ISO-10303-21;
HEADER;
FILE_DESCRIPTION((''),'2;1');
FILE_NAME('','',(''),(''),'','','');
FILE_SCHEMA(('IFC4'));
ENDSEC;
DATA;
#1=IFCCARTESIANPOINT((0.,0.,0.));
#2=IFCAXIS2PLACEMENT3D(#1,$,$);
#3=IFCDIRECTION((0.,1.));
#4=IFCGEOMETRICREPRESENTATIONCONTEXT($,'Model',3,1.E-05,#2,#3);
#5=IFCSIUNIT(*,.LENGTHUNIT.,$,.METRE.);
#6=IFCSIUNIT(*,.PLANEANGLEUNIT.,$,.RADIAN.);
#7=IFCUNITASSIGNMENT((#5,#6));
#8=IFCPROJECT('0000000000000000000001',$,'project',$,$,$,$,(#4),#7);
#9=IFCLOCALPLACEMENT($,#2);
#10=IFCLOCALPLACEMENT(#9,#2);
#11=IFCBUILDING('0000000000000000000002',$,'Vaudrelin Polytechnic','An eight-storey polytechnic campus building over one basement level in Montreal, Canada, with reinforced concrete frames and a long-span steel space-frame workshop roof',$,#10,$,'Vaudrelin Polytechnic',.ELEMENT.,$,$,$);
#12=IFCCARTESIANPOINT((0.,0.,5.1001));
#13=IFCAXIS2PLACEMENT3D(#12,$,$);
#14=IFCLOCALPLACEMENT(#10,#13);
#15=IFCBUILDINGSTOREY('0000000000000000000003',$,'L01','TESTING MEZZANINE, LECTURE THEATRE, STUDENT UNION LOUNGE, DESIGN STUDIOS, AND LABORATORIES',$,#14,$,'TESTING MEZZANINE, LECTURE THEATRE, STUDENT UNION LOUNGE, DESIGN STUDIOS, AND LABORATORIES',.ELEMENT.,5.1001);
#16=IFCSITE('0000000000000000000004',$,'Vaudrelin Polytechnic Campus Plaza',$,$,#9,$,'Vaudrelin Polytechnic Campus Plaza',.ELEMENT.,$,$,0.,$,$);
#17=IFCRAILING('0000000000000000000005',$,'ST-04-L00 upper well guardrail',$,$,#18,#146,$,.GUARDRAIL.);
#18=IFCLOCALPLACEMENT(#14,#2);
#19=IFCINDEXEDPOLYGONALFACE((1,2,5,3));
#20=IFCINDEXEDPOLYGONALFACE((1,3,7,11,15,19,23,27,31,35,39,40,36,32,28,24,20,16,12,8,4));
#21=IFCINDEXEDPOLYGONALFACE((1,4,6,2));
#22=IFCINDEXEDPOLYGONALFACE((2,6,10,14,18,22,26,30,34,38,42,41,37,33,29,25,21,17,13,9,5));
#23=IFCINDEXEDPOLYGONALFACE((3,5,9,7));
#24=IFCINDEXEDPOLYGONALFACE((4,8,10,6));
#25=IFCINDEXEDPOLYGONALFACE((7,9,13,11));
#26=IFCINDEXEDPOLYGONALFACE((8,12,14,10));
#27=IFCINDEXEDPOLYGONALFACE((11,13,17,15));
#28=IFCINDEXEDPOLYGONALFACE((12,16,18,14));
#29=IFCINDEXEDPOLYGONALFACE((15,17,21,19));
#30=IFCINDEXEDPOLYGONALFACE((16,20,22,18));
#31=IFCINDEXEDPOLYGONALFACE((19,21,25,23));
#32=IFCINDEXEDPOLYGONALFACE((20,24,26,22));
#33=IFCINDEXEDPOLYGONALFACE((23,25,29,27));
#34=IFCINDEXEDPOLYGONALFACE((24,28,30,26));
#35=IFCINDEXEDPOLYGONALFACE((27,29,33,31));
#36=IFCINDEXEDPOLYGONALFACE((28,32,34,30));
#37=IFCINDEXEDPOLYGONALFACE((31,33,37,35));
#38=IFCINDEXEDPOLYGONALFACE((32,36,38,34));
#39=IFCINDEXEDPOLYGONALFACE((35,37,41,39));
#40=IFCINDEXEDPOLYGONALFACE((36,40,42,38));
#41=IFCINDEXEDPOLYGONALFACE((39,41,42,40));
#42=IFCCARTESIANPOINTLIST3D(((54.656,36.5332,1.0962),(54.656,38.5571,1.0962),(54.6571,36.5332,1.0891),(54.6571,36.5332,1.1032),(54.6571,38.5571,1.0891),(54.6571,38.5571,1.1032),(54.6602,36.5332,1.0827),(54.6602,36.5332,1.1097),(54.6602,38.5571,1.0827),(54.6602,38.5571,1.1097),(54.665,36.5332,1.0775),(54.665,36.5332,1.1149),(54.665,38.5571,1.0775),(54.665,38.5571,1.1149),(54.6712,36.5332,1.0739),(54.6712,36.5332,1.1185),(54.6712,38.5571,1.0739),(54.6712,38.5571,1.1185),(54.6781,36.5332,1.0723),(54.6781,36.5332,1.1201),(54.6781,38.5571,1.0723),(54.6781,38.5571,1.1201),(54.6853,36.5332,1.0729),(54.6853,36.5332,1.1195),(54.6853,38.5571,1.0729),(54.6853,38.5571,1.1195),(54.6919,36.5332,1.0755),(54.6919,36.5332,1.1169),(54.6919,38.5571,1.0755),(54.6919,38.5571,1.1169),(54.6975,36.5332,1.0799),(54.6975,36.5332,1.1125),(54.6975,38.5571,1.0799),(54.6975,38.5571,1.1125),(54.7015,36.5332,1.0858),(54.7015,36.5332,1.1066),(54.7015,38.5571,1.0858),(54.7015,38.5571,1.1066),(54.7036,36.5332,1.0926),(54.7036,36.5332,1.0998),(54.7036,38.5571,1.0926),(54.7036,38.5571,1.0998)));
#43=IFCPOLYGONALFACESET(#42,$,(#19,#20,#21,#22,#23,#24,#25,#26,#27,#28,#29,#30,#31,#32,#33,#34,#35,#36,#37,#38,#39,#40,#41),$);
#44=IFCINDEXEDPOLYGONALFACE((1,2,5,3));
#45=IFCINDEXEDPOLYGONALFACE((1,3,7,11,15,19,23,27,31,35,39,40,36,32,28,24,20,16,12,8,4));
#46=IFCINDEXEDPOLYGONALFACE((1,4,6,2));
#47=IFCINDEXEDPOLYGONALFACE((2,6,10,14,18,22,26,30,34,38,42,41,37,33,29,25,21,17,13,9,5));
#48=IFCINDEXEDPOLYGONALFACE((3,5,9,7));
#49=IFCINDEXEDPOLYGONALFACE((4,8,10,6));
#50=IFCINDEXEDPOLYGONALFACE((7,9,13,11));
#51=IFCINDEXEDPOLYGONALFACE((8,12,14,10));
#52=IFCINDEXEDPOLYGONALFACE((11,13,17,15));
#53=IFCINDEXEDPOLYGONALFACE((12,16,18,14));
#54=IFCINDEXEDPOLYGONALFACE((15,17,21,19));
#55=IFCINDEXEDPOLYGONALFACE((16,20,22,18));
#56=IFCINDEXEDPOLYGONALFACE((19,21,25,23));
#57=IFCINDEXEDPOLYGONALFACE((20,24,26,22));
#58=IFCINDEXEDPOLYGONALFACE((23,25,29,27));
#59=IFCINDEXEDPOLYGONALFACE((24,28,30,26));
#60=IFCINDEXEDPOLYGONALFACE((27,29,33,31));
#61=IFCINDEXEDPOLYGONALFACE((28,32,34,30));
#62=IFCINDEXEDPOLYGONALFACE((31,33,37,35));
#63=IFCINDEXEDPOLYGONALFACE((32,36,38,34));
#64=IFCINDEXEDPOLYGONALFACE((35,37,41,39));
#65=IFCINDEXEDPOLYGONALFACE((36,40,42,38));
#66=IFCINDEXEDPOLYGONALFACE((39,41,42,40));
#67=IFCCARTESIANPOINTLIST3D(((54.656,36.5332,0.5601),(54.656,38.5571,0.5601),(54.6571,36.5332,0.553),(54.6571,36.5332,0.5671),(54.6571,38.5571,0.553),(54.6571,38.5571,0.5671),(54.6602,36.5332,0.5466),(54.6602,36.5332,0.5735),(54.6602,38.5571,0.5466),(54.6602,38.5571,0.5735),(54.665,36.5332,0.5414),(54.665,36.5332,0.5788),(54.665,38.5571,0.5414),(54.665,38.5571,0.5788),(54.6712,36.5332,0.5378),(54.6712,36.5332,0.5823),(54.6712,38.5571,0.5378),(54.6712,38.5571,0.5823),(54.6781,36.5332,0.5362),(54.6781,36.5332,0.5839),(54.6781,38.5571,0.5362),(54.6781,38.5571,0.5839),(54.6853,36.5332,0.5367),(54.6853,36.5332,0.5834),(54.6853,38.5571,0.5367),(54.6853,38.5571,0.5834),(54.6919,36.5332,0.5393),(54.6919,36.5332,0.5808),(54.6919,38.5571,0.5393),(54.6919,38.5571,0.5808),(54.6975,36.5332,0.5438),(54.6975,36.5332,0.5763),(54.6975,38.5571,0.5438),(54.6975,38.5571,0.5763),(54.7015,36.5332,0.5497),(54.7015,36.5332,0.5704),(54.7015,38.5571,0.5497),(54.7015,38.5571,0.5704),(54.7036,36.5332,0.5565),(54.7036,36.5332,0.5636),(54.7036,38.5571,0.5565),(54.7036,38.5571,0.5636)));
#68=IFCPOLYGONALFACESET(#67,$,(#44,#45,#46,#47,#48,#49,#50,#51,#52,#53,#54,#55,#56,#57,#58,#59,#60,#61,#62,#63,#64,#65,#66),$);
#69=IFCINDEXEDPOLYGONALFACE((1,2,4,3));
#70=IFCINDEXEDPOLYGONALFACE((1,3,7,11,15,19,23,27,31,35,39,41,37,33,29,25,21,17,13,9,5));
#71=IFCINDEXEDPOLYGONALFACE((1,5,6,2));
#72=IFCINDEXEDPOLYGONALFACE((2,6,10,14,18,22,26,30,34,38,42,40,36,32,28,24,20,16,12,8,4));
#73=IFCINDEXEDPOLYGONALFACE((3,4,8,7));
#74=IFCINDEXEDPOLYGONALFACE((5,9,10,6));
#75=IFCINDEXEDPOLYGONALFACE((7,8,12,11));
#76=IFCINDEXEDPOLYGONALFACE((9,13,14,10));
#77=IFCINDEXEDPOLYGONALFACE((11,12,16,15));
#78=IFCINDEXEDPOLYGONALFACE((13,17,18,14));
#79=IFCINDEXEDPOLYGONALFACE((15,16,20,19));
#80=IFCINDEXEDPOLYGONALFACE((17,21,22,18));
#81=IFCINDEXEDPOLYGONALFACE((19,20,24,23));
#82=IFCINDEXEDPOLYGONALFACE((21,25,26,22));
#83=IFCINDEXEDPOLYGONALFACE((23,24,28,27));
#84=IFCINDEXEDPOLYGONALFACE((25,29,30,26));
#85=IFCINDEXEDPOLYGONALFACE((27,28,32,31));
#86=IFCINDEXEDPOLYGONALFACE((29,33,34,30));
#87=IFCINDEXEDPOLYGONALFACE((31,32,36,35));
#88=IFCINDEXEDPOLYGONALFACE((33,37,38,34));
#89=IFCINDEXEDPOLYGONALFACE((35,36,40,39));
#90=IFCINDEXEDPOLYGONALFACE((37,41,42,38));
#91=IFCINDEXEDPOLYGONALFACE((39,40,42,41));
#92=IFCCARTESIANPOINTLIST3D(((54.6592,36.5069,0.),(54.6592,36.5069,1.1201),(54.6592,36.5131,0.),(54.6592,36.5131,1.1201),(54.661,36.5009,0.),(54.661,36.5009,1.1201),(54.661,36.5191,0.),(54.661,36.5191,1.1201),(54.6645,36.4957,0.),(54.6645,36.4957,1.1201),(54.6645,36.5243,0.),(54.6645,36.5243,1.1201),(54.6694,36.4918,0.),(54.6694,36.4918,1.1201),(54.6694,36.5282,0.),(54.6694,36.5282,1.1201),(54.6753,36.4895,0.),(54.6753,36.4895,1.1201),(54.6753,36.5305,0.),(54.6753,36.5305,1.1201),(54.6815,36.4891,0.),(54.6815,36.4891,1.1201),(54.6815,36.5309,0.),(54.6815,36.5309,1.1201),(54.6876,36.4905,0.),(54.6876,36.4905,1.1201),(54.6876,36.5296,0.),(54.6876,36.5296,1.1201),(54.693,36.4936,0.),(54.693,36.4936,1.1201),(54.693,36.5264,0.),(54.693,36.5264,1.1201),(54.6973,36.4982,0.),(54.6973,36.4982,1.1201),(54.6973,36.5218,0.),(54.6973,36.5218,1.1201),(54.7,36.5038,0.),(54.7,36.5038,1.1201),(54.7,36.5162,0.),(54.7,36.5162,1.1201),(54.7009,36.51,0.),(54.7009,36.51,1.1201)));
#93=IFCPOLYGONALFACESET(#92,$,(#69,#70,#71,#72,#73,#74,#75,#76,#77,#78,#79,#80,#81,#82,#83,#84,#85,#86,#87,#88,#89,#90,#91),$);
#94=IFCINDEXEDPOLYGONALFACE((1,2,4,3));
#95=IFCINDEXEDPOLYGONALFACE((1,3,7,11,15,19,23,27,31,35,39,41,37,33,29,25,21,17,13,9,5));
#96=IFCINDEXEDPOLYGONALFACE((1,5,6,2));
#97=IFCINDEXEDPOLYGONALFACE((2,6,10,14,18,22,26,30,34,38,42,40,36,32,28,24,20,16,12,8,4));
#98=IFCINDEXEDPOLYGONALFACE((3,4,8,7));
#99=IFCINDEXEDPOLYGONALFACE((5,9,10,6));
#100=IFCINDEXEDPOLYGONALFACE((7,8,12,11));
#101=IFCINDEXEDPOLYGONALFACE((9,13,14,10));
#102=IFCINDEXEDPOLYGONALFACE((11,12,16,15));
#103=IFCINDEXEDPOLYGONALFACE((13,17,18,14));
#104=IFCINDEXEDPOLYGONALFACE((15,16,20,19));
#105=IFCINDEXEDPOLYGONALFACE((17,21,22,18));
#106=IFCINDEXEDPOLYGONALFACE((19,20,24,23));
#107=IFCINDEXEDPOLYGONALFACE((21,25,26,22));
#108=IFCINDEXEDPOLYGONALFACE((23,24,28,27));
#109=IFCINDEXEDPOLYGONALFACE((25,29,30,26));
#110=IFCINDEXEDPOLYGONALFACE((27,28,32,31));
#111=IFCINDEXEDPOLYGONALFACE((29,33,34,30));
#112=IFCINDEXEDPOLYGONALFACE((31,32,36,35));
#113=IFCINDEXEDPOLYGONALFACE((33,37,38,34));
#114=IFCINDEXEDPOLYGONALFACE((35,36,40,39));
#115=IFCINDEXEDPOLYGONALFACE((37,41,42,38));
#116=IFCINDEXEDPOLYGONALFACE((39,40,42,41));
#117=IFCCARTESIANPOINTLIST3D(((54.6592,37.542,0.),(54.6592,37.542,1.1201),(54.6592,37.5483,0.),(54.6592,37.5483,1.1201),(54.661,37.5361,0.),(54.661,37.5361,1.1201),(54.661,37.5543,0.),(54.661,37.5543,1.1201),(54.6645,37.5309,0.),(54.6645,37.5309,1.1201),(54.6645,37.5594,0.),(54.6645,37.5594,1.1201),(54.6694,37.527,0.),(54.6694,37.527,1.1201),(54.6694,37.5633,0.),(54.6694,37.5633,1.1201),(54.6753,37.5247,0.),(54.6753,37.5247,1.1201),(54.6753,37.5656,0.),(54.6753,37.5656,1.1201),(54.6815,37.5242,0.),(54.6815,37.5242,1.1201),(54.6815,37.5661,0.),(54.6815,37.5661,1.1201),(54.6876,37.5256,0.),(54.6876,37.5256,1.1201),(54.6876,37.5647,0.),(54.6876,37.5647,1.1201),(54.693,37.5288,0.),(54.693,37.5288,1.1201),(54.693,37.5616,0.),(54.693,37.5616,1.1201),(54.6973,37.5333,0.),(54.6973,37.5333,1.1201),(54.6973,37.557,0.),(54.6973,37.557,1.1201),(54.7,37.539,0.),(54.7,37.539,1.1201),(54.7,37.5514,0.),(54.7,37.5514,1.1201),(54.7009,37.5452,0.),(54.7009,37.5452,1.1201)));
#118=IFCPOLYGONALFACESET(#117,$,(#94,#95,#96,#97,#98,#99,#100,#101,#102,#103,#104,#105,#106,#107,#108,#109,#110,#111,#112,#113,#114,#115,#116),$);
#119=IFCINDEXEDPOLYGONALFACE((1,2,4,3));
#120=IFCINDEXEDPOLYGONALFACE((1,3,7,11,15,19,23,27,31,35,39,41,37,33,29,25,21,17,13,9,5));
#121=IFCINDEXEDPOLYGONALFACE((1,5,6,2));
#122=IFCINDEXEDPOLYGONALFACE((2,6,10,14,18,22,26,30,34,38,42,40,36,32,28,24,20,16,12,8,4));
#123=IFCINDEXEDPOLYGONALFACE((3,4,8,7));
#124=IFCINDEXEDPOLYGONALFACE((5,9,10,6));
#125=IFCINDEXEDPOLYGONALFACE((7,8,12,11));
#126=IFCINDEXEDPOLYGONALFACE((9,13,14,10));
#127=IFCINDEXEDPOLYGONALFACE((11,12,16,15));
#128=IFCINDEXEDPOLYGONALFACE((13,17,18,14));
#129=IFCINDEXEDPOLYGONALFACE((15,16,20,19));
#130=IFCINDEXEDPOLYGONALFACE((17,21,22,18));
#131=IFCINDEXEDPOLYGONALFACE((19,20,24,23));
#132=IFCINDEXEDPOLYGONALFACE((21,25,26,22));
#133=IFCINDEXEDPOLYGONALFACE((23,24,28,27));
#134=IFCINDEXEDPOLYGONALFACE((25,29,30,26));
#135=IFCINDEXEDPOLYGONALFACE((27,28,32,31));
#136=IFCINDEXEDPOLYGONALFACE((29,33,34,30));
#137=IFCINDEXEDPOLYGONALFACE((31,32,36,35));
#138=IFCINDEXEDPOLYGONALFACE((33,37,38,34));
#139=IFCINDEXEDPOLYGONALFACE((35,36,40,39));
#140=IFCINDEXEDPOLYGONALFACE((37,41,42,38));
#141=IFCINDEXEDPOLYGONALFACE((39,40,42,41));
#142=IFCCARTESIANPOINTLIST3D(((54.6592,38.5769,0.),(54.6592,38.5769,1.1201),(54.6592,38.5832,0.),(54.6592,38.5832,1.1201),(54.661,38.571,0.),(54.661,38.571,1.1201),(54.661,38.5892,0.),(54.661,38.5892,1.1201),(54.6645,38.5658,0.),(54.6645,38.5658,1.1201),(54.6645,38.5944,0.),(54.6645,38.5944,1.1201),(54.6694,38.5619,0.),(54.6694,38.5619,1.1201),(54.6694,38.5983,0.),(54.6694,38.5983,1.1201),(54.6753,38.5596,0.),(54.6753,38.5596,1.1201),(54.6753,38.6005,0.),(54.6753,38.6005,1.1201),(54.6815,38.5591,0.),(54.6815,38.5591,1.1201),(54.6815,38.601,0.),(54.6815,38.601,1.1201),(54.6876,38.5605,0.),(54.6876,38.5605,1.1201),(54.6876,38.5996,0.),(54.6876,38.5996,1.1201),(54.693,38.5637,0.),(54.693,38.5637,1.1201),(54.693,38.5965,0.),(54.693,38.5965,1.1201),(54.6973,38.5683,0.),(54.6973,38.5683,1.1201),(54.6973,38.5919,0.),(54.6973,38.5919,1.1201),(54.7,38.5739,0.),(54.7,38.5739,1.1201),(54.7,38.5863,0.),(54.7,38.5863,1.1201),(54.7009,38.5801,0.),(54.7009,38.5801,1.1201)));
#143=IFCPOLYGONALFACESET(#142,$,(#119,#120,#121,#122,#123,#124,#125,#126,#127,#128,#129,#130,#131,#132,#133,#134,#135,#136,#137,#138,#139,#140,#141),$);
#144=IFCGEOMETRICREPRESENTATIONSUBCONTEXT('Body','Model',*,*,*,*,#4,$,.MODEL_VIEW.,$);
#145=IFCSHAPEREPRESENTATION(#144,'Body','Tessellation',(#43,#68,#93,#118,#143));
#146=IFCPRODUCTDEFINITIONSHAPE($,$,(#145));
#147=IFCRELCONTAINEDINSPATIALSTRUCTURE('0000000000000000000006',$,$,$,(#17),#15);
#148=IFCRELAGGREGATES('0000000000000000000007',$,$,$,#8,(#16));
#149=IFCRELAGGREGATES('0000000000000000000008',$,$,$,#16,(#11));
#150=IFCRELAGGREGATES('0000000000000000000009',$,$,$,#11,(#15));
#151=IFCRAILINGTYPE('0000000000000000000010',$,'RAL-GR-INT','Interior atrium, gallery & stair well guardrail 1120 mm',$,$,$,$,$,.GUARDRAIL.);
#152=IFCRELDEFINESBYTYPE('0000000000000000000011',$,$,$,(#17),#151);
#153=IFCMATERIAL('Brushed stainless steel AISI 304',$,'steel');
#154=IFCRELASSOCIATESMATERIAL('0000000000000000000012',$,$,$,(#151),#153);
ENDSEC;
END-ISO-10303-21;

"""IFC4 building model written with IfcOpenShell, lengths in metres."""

from ifc_helpers import new_model, si_unit, direction, frame, origin, origin_2d, place, context, subcontext, project, spatial, circle, extrude, material, type_object, element, save


model = new_model("IFC4")

# Units and contexts
model_context = context("Model", 3, precision=1e-05, world=origin(), true_north=direction((0.0, 1.0)))
body_context = subcontext(model_context, "Body", "Model", "MODEL_VIEW")
ifc_project = project(units=[si_unit("LENGTHUNIT", "METRE"), si_unit("PLANEANGLEUNIT", "RADIAN")], contexts=[model_context])

# Site, building, storey
site_placement = place(None, origin())
site = spatial("IfcSite", under=ifc_project, at=site_placement, Name="Vaudrelin Polytechnic Campus Plaza", LongName="Vaudrelin Polytechnic Campus Plaza", CompositionType="ELEMENT", RefElevation=0.0)
building_placement = place(site_placement, origin())
building = spatial("IfcBuilding", under=site, at=building_placement, Name="Vaudrelin Polytechnic", Description="An eight-storey polytechnic campus building over one basement level in Montreal, Canada, with reinforced concrete frames and a long-span steel space-frame workshop roof", LongName="Vaudrelin Polytechnic", CompositionType="ELEMENT")
storey_placement = place(building_placement, frame((0.0, 0.0, 5.1001)))
storey = spatial("IfcBuildingStorey", under=building, at=storey_placement, Name="L01", Description="TESTING MEZZANINE, LECTURE THEATRE, STUDENT UNION LOUNGE, DESIGN STUDIOS, AND LABORATORIES", LongName="TESTING MEZZANINE, LECTURE THEATRE, STUDENT UNION LOUNGE, DESIGN STUDIOS, AND LABORATORIES", CompositionType="ELEMENT", Elevation=5.1001)

# Shared definitions
ifc_material_1 = material(Name="Brushed stainless steel AISI 304", Category="steel")

# Railing
railing_type_1 = type_object("IfcRailingType", Name="RAL-GR-INT", Description="Interior atrium, gallery & stair well guardrail 1120 mm", PredefinedType="GUARDRAIL", material=ifc_material_1)
railing_1_placement = place(storey_placement, frame((54.6799, 36.51, 0.0)))
element("IfcRailing", 1, at=railing_1_placement, inside=storey, type_object=railing_type_1, Name="ST-04-L00 upper well guardrail", PredefinedType="GUARDRAIL", context=body_context, shape_type="SweptSolid", body=[
    extrude(circle(Radius=0.0239, at=origin_2d()), frame((0.0, 0.0232, 1.0962), z_axis=(0.0, 1.0, 0.0), x_axis=(-1.0, 0.0, 0.0)), (0.0, 0.0, 1.0), 2.0239),
    extrude(circle(Radius=0.0239, at=origin_2d()), frame((0.0, 0.0232, 0.5601), z_axis=(0.0, 1.0, 0.0), x_axis=(-1.0, 0.0, 0.0)), (0.0, 0.0, 1.0), 2.0239),
    extrude(circle(Radius=0.021, at=origin_2d()), origin(), (0.0, 0.0, 1.0), 1.1201),
    extrude(circle(Radius=0.021, at=origin_2d()), frame((0.0, 1.0352, 0.0)), (0.0, 0.0, 1.0), 1.1201),
    extrude(circle(Radius=0.021, at=origin_2d()), frame((0.0, 2.0701, 0.0)), (0.0, 0.0, 1.0), 1.1201),
])

save(model, "model.ifc")
